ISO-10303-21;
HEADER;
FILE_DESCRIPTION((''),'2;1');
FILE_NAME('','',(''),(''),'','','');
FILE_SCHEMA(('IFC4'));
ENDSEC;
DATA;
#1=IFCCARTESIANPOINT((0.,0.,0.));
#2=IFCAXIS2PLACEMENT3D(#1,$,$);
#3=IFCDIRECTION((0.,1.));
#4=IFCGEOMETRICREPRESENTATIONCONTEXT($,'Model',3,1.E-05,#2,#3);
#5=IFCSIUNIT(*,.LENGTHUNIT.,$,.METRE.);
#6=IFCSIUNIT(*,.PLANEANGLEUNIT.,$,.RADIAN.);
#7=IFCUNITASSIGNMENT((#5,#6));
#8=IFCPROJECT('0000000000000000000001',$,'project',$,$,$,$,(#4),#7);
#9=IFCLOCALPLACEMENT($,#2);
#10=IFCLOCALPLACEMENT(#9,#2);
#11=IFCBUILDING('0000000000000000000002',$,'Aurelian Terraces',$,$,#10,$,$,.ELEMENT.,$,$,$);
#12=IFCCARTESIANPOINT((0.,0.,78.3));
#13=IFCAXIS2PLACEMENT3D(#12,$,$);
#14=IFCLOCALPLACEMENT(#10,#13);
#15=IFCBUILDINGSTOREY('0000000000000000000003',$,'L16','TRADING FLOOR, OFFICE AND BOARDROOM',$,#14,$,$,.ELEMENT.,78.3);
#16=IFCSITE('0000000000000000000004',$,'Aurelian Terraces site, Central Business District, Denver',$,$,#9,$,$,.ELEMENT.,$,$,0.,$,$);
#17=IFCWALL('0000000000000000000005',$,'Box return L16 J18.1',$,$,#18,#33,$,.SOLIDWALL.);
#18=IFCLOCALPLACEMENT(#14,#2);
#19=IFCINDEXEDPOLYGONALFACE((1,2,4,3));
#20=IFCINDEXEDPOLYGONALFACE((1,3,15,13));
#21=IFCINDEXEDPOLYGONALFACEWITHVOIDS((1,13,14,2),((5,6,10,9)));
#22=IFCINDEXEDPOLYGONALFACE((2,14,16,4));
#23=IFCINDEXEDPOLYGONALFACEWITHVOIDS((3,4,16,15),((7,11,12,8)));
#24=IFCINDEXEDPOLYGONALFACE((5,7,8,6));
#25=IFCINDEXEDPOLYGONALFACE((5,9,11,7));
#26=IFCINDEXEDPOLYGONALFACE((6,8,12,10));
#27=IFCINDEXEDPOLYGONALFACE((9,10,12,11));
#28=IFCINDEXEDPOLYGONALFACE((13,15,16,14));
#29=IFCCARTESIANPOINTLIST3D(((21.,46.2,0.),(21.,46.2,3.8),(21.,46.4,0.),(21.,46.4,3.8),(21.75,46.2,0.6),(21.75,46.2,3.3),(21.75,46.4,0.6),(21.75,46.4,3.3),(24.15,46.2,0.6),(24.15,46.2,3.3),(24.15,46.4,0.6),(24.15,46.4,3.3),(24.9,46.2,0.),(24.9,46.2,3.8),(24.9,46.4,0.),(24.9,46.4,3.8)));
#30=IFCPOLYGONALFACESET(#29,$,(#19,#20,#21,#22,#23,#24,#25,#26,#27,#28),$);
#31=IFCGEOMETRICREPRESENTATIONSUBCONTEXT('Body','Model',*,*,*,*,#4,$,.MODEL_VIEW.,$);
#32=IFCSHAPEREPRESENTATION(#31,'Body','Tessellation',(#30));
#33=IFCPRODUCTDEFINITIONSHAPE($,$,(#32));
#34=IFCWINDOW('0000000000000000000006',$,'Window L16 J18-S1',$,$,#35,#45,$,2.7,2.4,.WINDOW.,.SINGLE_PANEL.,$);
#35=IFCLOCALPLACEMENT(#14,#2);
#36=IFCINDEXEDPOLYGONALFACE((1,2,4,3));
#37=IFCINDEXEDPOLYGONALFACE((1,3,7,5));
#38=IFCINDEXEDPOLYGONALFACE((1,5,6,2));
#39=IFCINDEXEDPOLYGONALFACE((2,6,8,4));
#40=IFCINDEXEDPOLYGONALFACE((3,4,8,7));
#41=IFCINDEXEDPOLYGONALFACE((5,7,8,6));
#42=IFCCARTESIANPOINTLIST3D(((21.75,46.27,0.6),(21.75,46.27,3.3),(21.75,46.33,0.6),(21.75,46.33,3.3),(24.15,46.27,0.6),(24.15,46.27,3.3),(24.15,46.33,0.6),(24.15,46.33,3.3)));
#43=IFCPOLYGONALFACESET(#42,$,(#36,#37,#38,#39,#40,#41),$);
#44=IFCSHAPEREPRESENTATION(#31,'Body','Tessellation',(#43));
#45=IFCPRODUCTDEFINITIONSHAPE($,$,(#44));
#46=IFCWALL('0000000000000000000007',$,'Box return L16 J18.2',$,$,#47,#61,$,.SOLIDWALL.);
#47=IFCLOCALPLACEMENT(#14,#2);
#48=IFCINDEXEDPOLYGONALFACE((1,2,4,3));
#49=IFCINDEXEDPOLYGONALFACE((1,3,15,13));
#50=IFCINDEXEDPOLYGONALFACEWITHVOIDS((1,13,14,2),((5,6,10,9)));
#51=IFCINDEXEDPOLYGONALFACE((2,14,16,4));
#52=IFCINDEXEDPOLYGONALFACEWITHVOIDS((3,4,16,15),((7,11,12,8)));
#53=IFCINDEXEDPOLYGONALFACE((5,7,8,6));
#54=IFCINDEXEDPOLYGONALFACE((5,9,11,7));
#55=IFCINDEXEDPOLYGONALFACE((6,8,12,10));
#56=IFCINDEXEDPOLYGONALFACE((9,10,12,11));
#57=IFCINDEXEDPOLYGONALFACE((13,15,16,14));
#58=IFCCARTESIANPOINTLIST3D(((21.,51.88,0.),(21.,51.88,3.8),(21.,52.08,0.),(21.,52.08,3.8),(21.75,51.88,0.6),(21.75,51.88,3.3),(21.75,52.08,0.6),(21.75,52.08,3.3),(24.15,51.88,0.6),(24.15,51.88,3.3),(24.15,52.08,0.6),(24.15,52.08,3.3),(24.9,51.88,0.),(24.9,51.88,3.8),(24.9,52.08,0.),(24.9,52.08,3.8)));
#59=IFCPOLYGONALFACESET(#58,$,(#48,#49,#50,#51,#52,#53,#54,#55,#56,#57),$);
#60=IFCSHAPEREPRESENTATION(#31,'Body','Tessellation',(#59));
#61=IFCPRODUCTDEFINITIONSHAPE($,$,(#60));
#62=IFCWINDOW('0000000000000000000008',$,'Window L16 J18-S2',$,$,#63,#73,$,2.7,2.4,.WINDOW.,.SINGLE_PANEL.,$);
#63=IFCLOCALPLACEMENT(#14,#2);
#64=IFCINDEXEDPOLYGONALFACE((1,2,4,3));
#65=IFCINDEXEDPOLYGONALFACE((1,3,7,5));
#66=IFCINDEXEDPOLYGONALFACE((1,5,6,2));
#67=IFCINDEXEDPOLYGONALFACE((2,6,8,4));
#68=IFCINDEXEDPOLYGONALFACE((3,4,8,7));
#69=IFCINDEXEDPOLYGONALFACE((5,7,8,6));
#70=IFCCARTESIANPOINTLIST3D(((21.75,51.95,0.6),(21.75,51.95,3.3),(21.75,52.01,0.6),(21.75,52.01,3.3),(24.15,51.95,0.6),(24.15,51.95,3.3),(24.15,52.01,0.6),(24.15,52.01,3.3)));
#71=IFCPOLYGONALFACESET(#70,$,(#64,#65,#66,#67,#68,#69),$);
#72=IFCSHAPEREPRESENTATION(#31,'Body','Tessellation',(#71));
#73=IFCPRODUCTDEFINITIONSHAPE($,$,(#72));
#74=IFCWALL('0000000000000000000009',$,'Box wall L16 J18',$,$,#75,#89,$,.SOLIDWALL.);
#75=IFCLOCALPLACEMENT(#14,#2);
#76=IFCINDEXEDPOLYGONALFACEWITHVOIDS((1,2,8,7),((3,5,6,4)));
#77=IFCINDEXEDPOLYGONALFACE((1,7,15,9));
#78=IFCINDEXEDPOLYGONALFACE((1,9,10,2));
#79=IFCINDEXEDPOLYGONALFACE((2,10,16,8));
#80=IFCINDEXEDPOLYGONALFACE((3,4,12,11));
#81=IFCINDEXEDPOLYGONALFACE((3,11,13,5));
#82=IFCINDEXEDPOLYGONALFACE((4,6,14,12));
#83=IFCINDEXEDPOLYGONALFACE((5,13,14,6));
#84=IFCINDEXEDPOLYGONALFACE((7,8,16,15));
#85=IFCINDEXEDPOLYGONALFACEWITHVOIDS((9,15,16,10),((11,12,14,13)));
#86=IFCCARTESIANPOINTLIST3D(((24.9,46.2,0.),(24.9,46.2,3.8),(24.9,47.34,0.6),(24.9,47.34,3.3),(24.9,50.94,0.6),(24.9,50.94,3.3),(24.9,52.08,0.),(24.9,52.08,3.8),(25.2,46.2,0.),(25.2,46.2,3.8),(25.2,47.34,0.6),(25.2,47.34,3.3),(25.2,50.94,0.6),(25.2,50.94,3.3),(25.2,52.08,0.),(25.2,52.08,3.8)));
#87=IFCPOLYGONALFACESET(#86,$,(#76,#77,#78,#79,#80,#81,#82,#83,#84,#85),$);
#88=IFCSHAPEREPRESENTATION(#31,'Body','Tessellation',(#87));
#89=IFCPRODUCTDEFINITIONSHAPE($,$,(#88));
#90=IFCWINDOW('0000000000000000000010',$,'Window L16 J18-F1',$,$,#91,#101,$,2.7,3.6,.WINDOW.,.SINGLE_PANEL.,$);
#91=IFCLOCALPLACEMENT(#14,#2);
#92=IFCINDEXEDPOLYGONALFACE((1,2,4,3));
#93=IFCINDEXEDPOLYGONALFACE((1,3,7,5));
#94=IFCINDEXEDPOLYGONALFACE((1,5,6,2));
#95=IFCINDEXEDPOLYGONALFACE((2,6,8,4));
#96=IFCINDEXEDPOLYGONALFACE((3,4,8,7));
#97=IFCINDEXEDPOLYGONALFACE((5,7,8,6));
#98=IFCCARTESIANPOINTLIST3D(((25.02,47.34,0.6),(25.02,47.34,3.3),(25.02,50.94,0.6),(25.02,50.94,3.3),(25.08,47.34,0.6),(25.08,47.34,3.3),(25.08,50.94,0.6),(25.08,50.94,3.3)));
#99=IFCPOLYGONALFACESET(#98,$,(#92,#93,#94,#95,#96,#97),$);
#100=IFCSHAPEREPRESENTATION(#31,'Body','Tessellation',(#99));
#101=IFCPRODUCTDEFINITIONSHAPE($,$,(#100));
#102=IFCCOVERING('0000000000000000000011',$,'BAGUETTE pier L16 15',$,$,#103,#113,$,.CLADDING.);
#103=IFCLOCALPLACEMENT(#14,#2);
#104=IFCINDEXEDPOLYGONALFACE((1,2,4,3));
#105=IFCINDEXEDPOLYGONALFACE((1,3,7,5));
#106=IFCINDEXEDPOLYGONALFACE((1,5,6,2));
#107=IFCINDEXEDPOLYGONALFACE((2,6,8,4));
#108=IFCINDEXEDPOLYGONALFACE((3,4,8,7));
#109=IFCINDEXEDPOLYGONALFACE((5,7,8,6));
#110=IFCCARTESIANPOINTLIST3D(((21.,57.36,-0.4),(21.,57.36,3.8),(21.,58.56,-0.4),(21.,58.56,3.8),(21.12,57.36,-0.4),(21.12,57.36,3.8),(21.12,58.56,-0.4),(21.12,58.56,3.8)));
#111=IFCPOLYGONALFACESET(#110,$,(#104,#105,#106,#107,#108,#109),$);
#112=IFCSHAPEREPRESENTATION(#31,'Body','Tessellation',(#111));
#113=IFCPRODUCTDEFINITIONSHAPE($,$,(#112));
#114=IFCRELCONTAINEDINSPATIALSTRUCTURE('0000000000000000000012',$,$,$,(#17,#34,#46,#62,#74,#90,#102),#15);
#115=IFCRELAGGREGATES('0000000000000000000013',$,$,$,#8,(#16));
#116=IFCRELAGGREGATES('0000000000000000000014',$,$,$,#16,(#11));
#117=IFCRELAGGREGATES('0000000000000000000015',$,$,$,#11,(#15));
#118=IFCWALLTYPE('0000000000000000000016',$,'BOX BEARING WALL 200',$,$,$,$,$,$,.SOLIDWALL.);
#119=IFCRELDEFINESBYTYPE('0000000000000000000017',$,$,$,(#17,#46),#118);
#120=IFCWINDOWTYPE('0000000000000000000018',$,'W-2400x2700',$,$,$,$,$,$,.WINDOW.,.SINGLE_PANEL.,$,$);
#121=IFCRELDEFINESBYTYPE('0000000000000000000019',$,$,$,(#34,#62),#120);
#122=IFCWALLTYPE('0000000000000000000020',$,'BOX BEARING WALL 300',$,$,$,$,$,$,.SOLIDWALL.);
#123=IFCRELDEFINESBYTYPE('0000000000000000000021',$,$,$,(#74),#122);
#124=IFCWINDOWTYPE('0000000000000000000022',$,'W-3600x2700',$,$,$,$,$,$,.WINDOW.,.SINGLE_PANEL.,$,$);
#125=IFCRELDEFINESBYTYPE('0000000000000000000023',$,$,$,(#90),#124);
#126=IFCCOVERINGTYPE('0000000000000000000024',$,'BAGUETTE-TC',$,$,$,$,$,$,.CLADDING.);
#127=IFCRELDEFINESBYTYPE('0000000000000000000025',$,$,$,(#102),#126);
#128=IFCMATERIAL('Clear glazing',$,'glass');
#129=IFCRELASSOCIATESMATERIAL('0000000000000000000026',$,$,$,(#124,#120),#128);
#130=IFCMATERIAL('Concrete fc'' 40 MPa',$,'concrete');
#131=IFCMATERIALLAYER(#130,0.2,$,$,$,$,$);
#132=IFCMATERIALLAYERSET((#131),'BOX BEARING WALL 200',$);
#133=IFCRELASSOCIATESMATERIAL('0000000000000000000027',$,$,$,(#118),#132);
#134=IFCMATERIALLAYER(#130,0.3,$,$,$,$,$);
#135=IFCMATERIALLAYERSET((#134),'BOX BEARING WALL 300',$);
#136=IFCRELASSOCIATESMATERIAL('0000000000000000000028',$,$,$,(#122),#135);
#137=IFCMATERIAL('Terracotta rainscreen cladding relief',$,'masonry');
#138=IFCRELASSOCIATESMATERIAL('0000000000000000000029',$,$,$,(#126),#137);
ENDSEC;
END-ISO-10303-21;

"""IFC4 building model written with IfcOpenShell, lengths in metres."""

from ifc_helpers import new_model, si_unit, direction, frame, frame_2d, origin, origin_2d, place, context, subcontext, project, spatial, rectangle, extrude, source, transform, mapped, material, layer, layer_set, type_object, element, fill, save


model = new_model("IFC4")

# Units and contexts
model_context = context("Model", 3, precision=1e-05, world=origin(), true_north=direction((0.0, 1.0)))
body_context = subcontext(model_context, "Body", "Model", "MODEL_VIEW")
ifc_project = project(units=[si_unit("LENGTHUNIT", "METRE"), si_unit("PLANEANGLEUNIT", "RADIAN")], contexts=[model_context])

# Site, building, storey
site_placement = place(None, origin())
site = spatial("IfcSite", under=ifc_project, at=site_placement, Name="Aurelian Terraces site, Central Business District, Denver", CompositionType="ELEMENT", RefElevation=0.0)
building_placement = place(site_placement, origin())
building = spatial("IfcBuilding", under=site, at=building_placement, Name="Aurelian Terraces", CompositionType="ELEMENT")
storey_placement = place(building_placement, frame((0.0, 0.0, 78.3)))
storey = spatial("IfcBuildingStorey", under=building, at=storey_placement, Name="L16", Description="TRADING FLOOR, OFFICE AND BOARDROOM", CompositionType="ELEMENT", Elevation=78.3)

# Walls, openings, windows
shared_shape_1 = source(origin(), body_context, "Body", "SweptSolid", [
    extrude(rectangle(XDim=3.6, YDim=2.7, at=frame_2d((1.8, 1.35))), frame((0.0, 0.16, 0.0), z_axis=(0.0, -1.0, 0.0), x_axis=(1.0, 0.0, 0.0)), (0.0, 0.0, 1.0), 0.32),
])
ifc_material_1 = material(Name="Clear glazing", Category="glass")
window_type_1 = type_object("IfcWindowType", Name="W-3600x2700", PartitioningType="SINGLE_PANEL", PredefinedType="WINDOW", material=ifc_material_1)
shared_shape_2 = source(origin(), body_context, "Body", "SweptSolid", [
    extrude(rectangle(XDim=3.6, YDim=2.7, at=frame_2d((1.8, 1.35))), frame((0.0, 0.03, 0.0), z_axis=(0.0, -1.0, 0.0), x_axis=(1.0, 0.0, 0.0)), (0.0, 0.0, 1.0), 0.06),
])
ifc_material_2 = material(Name="Concrete fc' 40 MPa", Category="concrete")
ifc_layer_1 = layer(ifc_material_2, 0.2)
ifc_layer_set_1 = layer_set([ifc_layer_1], Name="BOX BEARING WALL 200")
wall_type_1 = type_object("IfcWallType", Name="BOX BEARING WALL 200", PredefinedType="SOLIDWALL", material=ifc_layer_set_1)
shared_shape_3 = source(origin(), body_context, "Body", "SweptSolid", [
    extrude(rectangle(XDim=3.9, YDim=0.2, at=frame_2d((1.95, 0.0))), origin(), (0.0, 0.0, 1.0), 3.8),
])
wall_1_placement = place(storey_placement, frame((21.0, 46.3, 0.0), z_axis=(0.0, 0.0, 1.0), x_axis=(1.0, 0.0, 0.0)))
wall_1 = element("IfcWall", 1, at=wall_1_placement, inside=storey, type_object=wall_type_1, Name="Box return L16 J18.1", PredefinedType="SOLIDWALL", context=body_context, shape_type="MappedRepresentation", body=[
    mapped(shared_shape_3, transform((0.0, 0.0, 0.0), scale=1.0)),
])
shared_shape_4 = source(origin(), body_context, "Body", "SweptSolid", [
    extrude(rectangle(XDim=2.4, YDim=2.7, at=frame_2d((1.2, 1.35))), frame((0.0, 0.11, 0.0), z_axis=(0.0, -1.0, 0.0), x_axis=(1.0, 0.0, 0.0)), (0.0, 0.0, 1.0), 0.22),
])
opening_1_placement = place(wall_1_placement, frame((0.75, 0.0, 0.6)))
opening_1 = element("IfcOpeningElement", 2, at=opening_1_placement, cuts=wall_1, PredefinedType="OPENING", context=body_context, shape_type="MappedRepresentation", body=[
    mapped(shared_shape_4, transform((0.0, 0.0, 0.0), scale=1.0)),
])
window_type_2 = type_object("IfcWindowType", Name="W-2400x2700", PartitioningType="SINGLE_PANEL", PredefinedType="WINDOW", material=ifc_material_1)
shared_shape_5 = source(origin(), body_context, "Body", "SweptSolid", [
    extrude(rectangle(XDim=2.4, YDim=2.7, at=frame_2d((1.2, 1.35))), frame((0.0, 0.03, 0.0), z_axis=(0.0, -1.0, 0.0), x_axis=(1.0, 0.0, 0.0)), (0.0, 0.0, 1.0), 0.06),
])
window_1_placement = place(opening_1_placement, origin())
window_1 = element("IfcWindow", 3, at=window_1_placement, inside=storey, type_object=window_type_2, Name="Window L16 J18-S1", OverallHeight=2.7, OverallWidth=2.4, PartitioningType="SINGLE_PANEL", PredefinedType="WINDOW", context=body_context, shape_type="MappedRepresentation", body=[
    mapped(shared_shape_5, transform((0.0, 0.0, 0.0), scale=1.0)),
])
fill(opening_1, window_1)
wall_2_placement = place(storey_placement, frame((21.0, 51.98, 0.0), z_axis=(0.0, 0.0, 1.0), x_axis=(1.0, 0.0, 0.0)))
wall_2 = element("IfcWall", 4, at=wall_2_placement, inside=storey, type_object=wall_type_1, Name="Box return L16 J18.2", PredefinedType="SOLIDWALL", context=body_context, shape_type="MappedRepresentation", body=[
    mapped(shared_shape_3, transform((0.0, 0.0, 0.0), scale=1.0)),
])
opening_2_placement = place(wall_2_placement, frame((0.75, 0.0, 0.6)))
opening_2 = element("IfcOpeningElement", 5, at=opening_2_placement, cuts=wall_2, PredefinedType="OPENING", context=body_context, shape_type="MappedRepresentation", body=[
    mapped(shared_shape_4, transform((0.0, 0.0, 0.0), scale=1.0)),
])
window_2_placement = place(opening_2_placement, origin())
window_2 = element("IfcWindow", 6, at=window_2_placement, inside=storey, type_object=window_type_2, Name="Window L16 J18-S2", OverallHeight=2.7, OverallWidth=2.4, PartitioningType="SINGLE_PANEL", PredefinedType="WINDOW", context=body_context, shape_type="MappedRepresentation", body=[
    mapped(shared_shape_5, transform((0.0, 0.0, 0.0), scale=1.0)),
])
fill(opening_2, window_2)
ifc_layer_2 = layer(ifc_material_2, 0.3)
ifc_layer_set_2 = layer_set([ifc_layer_2], Name="BOX BEARING WALL 300")
wall_type_2 = type_object("IfcWallType", Name="BOX BEARING WALL 300", PredefinedType="SOLIDWALL", material=ifc_layer_set_2)
shared_shape_6 = source(origin(), body_context, "Body", "SweptSolid", [
    extrude(rectangle(XDim=5.88, YDim=0.3, at=frame_2d((2.94, 0.0))), origin(), (0.0, 0.0, 1.0), 3.8),
])
wall_3_placement = place(storey_placement, frame((25.05, 46.2, 0.0), z_axis=(0.0, 0.0, 1.0), x_axis=(0.0, 1.0, 0.0)))
wall_3 = element("IfcWall", 7, at=wall_3_placement, inside=storey, type_object=wall_type_2, Name="Box wall L16 J18", PredefinedType="SOLIDWALL", context=body_context, shape_type="MappedRepresentation", body=[
    mapped(shared_shape_6, transform((0.0, 0.0, 0.0), scale=1.0)),
])
opening_3_placement = place(wall_3_placement, frame((1.14, 0.0, 0.6)))
opening_3 = element("IfcOpeningElement", 8, at=opening_3_placement, cuts=wall_3, PredefinedType="OPENING", context=body_context, shape_type="MappedRepresentation", body=[
    mapped(shared_shape_1, transform((0.0, 0.0, 0.0), scale=1.0)),
])
window_3_placement = place(opening_3_placement, origin())
window_3 = element("IfcWindow", 9, at=window_3_placement, inside=storey, type_object=window_type_1, Name="Window L16 J18-F1", OverallHeight=2.7, OverallWidth=3.6, PartitioningType="SINGLE_PANEL", PredefinedType="WINDOW", context=body_context, shape_type="MappedRepresentation", body=[
    mapped(shared_shape_2, transform((0.0, 0.0, 0.0), scale=1.0)),
])
fill(opening_3, window_3)

# Covering
ifc_material_3 = material(Name="Terracotta rainscreen cladding relief", Category="masonry")
covering_type = type_object("IfcCoveringType", Name="BAGUETTE-TC", PredefinedType="CLADDING", material=ifc_material_3)
shared_shape_7 = source(origin(), body_context, "Body", "SweptSolid", [
    extrude(rectangle(XDim=0.12, YDim=1.2, at=origin_2d()), origin(), (0.0, 0.0, 1.0), 4.2),
])
covering_placement = place(storey_placement, frame((21.06, 57.96, -0.4), z_axis=(0.0, 0.0, 1.0), x_axis=(1.0, 0.0, 0.0)))
element("IfcCovering", 10, at=covering_placement, inside=storey, type_object=covering_type, Name="BAGUETTE pier L16 15", PredefinedType="CLADDING", context=body_context, shape_type="MappedRepresentation", body=[
    mapped(shared_shape_7, transform((0.0, 0.0, 0.0), scale=1.0)),
])

save(model, "model.ifc")
